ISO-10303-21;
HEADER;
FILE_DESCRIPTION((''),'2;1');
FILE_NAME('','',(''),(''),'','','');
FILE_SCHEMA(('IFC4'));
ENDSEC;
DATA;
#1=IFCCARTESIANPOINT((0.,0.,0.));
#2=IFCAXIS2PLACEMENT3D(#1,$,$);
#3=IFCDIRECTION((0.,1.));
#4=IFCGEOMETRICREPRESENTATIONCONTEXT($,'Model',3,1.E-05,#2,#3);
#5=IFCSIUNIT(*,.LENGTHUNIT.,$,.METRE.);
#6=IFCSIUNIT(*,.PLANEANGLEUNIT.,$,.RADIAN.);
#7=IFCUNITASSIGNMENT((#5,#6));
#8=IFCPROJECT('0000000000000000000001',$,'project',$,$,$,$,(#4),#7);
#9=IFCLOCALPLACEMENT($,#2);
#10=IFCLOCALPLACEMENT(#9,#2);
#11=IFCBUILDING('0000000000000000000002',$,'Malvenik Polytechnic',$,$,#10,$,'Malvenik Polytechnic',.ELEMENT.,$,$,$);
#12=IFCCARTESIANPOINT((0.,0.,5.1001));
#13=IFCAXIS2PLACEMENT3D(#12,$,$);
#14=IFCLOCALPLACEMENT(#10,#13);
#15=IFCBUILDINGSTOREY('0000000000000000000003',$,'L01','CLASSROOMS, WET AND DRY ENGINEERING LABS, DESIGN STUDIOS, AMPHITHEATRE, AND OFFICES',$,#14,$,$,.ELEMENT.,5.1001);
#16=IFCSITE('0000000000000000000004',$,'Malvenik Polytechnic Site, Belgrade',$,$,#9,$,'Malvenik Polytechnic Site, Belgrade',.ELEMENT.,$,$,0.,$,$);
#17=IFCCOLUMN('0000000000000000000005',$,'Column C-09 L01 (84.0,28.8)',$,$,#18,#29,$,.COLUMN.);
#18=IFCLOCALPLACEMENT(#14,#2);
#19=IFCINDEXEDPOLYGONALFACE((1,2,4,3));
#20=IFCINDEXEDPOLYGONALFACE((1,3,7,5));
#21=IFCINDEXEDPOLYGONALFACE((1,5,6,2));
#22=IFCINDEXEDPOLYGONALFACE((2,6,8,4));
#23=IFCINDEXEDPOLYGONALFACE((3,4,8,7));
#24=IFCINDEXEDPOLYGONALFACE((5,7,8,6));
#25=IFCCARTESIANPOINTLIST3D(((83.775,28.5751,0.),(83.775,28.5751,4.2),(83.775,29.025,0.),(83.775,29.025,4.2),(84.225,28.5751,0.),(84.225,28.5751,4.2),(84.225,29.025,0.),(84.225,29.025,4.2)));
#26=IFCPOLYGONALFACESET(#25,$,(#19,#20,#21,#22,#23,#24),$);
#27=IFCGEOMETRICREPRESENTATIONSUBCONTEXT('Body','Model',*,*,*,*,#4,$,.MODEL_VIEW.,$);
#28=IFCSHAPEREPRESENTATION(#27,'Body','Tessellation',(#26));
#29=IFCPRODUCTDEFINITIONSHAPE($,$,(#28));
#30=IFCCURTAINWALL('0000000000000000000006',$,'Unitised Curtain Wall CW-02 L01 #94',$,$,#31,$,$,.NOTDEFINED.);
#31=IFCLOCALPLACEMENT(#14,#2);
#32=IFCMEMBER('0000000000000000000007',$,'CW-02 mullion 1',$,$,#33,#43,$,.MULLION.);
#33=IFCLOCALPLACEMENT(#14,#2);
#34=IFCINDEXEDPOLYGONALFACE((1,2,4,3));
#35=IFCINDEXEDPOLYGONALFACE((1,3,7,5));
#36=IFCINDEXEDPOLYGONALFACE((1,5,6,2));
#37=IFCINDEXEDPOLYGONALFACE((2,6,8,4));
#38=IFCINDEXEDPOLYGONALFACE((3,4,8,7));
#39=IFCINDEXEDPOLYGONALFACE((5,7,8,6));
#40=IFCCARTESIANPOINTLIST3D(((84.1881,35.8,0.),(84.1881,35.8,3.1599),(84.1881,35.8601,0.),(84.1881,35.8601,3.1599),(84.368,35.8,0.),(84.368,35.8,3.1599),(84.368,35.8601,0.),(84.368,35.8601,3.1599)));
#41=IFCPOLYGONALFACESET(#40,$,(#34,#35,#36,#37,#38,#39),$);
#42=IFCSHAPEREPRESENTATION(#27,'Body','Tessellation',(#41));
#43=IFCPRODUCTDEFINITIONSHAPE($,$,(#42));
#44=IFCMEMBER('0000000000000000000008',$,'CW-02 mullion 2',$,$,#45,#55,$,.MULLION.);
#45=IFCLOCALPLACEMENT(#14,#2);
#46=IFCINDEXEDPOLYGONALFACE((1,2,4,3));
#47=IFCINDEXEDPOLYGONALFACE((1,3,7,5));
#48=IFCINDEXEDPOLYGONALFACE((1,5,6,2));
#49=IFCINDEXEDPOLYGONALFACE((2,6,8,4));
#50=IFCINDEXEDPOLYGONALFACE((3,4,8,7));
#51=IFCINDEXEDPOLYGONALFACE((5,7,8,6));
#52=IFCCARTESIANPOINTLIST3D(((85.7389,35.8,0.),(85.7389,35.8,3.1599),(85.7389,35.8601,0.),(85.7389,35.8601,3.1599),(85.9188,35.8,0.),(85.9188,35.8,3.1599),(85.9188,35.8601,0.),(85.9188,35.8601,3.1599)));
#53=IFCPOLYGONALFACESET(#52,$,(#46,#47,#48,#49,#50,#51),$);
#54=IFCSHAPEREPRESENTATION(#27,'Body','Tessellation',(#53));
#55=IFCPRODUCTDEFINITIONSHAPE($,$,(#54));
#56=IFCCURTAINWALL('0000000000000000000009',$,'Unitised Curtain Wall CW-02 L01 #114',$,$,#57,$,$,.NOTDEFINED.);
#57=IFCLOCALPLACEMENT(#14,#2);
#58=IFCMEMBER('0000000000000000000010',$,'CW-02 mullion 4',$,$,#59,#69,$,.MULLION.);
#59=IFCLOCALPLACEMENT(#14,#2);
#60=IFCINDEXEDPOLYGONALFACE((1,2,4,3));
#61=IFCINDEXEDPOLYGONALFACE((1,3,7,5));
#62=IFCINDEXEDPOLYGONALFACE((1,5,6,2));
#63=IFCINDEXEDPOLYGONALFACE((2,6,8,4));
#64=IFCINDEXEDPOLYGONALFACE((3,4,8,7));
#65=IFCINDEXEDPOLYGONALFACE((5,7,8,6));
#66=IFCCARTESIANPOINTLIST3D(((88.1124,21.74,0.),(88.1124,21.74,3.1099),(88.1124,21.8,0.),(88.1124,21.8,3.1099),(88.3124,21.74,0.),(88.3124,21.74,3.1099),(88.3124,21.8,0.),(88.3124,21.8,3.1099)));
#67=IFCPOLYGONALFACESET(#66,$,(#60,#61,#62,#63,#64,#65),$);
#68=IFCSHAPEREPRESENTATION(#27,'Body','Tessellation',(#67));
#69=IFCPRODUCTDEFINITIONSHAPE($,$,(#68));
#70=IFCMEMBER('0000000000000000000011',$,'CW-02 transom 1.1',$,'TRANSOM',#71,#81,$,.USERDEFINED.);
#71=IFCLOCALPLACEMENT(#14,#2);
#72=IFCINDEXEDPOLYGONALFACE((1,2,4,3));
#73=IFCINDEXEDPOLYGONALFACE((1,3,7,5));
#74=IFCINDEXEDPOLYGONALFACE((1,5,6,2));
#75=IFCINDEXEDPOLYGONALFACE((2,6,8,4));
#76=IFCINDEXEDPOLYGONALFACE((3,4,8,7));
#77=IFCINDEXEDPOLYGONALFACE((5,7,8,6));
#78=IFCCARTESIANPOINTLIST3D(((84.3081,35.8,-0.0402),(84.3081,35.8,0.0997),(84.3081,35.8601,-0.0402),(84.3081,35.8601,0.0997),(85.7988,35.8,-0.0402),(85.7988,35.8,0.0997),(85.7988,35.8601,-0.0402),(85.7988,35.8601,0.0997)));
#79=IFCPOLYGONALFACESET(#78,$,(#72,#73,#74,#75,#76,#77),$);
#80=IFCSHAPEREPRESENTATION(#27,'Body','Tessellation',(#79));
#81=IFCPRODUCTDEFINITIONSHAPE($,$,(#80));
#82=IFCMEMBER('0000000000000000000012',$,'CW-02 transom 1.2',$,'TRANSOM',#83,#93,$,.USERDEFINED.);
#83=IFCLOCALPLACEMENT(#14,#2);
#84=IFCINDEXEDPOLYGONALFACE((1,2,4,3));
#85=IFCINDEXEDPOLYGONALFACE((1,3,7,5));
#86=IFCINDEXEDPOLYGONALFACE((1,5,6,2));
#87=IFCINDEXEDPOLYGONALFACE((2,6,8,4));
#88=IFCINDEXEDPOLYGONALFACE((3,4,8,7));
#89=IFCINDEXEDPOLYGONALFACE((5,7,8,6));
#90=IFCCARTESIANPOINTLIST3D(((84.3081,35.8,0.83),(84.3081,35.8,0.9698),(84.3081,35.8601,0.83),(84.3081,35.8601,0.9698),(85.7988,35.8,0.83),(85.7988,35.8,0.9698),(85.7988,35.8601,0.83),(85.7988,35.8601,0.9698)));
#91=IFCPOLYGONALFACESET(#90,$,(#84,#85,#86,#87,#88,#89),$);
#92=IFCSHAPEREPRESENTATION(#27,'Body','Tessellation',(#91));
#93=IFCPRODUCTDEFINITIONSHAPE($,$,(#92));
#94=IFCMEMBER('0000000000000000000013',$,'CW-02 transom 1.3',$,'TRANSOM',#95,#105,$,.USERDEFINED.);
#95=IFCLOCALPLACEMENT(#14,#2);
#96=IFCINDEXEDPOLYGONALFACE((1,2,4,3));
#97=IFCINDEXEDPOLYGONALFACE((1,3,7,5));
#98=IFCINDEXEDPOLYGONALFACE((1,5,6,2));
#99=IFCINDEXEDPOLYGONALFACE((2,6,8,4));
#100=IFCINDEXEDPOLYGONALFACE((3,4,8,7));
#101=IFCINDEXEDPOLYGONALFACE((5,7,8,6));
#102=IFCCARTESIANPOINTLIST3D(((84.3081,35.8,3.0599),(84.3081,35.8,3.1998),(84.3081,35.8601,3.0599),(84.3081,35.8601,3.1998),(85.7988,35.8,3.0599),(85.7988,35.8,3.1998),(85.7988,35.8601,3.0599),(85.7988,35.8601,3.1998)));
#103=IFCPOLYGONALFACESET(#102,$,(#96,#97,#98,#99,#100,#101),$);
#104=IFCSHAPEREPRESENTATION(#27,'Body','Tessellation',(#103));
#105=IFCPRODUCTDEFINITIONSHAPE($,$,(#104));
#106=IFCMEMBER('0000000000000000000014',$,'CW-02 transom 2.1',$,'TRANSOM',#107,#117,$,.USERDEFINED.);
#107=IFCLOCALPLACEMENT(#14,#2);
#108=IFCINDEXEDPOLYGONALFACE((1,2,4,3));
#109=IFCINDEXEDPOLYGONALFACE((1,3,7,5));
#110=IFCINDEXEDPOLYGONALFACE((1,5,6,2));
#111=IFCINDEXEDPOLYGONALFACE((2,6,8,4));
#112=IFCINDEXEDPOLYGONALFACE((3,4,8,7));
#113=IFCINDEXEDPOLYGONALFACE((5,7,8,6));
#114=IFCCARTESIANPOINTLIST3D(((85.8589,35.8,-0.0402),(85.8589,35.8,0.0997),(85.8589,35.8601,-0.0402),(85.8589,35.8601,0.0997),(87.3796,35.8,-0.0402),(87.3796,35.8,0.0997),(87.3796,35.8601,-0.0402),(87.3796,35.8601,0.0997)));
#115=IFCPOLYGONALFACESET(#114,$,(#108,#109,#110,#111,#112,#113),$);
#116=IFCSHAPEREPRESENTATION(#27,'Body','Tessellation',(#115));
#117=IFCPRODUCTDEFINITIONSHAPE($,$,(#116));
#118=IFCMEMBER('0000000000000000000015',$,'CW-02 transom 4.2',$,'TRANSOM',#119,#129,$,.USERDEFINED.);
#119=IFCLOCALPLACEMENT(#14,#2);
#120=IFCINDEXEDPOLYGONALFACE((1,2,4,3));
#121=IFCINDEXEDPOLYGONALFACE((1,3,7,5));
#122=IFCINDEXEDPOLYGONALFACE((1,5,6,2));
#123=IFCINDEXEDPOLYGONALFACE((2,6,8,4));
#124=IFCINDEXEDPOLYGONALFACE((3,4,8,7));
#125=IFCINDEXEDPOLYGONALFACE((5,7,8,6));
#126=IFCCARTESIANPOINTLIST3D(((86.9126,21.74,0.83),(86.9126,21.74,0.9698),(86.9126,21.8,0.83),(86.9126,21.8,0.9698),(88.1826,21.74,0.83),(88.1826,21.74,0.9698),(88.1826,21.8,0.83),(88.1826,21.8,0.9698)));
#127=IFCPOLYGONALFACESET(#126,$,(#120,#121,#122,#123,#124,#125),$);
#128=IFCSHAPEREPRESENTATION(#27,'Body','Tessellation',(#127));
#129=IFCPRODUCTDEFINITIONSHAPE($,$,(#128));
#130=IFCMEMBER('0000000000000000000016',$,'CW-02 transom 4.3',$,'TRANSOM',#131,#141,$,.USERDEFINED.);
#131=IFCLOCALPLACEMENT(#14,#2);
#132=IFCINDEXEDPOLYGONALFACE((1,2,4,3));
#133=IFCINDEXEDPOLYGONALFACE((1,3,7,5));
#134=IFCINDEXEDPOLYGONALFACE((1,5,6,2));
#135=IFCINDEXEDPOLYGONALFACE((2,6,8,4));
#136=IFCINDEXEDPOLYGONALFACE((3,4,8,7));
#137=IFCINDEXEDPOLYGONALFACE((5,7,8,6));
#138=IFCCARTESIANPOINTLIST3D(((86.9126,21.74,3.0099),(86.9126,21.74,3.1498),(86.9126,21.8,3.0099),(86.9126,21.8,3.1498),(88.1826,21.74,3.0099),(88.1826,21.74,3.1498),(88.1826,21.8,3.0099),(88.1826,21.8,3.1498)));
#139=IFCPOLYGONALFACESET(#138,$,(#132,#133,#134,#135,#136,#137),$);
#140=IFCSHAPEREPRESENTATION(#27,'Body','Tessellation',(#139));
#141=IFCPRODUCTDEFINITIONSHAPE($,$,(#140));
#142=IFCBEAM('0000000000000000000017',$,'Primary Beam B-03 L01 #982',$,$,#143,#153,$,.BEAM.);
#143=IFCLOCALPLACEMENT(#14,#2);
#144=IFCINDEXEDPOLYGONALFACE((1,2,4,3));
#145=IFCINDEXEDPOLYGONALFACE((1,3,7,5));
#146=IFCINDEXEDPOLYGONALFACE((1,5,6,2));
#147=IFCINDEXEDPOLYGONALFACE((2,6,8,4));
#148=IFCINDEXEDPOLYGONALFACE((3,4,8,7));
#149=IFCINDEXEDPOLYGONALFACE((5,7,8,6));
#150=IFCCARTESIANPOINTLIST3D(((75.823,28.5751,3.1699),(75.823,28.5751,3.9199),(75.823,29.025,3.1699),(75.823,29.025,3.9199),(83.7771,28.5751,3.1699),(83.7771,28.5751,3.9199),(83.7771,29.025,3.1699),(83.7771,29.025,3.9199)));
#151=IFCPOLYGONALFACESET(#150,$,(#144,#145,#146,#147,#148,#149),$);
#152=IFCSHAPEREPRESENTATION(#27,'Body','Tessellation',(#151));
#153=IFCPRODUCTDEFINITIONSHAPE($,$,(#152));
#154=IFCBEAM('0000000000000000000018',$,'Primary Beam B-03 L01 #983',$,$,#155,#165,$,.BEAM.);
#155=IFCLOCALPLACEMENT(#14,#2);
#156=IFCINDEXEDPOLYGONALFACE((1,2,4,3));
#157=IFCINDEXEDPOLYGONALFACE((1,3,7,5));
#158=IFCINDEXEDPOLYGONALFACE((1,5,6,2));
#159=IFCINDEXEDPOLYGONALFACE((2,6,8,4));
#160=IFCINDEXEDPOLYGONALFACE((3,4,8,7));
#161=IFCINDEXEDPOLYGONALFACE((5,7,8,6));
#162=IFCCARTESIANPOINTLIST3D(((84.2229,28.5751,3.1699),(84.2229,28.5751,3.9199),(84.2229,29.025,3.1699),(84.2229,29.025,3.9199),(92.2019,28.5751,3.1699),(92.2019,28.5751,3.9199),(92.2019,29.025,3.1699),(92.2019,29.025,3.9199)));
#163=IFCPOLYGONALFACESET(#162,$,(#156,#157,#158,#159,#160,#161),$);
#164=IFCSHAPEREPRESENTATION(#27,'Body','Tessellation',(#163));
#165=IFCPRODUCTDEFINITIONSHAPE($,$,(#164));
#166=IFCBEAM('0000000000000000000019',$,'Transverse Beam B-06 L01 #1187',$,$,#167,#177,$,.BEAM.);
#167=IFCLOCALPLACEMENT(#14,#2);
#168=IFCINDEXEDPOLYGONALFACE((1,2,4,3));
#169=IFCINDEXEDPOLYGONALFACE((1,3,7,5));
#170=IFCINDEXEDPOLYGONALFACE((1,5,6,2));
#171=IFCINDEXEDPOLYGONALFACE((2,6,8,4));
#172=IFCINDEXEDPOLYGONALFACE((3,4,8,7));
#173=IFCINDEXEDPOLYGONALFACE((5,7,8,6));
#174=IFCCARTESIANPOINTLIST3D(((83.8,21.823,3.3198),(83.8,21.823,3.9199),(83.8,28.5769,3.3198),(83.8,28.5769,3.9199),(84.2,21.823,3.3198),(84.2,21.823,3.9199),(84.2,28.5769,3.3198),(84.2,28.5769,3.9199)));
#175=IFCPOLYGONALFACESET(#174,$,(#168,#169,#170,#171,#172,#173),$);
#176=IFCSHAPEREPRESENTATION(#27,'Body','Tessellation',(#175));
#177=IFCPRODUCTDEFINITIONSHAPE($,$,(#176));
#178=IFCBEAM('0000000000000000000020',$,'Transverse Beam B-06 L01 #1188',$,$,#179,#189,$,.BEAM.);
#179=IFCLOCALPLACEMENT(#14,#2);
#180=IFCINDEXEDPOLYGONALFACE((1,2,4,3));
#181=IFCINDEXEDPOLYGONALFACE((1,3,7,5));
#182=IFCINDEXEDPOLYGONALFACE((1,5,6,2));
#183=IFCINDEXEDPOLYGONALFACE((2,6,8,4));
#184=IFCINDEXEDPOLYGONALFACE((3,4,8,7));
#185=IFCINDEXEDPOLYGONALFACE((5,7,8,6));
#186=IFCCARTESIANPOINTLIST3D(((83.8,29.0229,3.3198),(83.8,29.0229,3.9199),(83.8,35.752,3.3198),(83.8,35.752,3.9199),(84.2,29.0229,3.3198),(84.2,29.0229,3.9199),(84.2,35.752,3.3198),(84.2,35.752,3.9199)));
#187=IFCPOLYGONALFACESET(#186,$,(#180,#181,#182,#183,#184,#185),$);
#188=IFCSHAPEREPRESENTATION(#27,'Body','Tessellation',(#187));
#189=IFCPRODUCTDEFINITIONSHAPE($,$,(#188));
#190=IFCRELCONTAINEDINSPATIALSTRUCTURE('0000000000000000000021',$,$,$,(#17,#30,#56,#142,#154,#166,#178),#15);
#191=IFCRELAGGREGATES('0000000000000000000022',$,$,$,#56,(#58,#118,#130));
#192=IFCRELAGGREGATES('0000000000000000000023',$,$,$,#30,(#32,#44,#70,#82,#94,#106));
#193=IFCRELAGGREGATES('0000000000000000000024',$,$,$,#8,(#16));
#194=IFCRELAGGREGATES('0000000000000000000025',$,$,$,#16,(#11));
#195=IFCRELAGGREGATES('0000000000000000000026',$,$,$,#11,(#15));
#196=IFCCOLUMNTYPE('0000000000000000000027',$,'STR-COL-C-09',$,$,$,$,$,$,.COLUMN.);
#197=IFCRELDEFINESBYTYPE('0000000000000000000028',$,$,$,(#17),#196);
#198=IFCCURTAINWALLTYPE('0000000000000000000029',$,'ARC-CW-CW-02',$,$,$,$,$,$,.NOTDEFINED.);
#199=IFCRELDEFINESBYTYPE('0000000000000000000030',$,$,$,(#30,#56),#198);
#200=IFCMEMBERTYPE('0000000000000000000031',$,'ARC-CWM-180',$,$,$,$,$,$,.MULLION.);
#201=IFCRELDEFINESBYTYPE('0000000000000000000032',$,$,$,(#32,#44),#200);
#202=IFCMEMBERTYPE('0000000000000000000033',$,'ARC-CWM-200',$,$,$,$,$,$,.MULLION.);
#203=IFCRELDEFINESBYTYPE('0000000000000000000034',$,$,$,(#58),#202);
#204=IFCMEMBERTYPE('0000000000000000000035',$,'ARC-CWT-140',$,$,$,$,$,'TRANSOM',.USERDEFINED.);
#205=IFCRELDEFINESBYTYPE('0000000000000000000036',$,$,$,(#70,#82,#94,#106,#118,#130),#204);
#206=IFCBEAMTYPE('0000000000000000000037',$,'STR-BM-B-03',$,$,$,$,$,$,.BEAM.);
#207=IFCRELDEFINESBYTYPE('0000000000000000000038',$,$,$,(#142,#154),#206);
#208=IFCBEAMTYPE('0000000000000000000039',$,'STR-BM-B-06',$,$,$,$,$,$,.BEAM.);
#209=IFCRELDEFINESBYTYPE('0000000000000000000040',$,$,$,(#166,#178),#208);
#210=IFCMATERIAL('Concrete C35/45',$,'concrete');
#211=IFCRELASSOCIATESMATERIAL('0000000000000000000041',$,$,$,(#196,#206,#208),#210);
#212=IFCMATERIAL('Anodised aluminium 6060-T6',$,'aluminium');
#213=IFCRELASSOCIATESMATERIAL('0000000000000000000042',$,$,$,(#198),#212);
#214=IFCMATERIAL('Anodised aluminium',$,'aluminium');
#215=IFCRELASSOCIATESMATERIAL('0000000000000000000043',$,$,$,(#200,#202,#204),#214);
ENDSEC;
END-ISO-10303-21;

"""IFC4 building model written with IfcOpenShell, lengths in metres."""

from ifc_helpers import new_model, si_unit, direction, frame, origin, origin_2d, place, context, subcontext, project, spatial, rectangle, extrude, material, material_profile, profile_set, type_object, element, aggregate, save


model = new_model("IFC4")

# Units and contexts
model_context = context("Model", 3, precision=1e-05, world=origin(), true_north=direction((0.0, 1.0)))
body_context = subcontext(model_context, "Body", "Model", "MODEL_VIEW")
ifc_project = project(units=[si_unit("LENGTHUNIT", "METRE"), si_unit("PLANEANGLEUNIT", "RADIAN")], contexts=[model_context])

# Site, building, storey
site_placement = place(None, origin())
site = spatial("IfcSite", under=ifc_project, at=site_placement, Name="Malvenik Polytechnic Site, Belgrade", LongName="Malvenik Polytechnic Site, Belgrade", CompositionType="ELEMENT", RefElevation=0.0)
building_placement = place(site_placement, origin())
building = spatial("IfcBuilding", under=site, at=building_placement, Name="Malvenik Polytechnic", LongName="Malvenik Polytechnic", CompositionType="ELEMENT")
storey_placement = place(building_placement, frame((0.0, 0.0, 5.1001)))
storey = spatial("IfcBuildingStorey", under=building, at=storey_placement, Name="L01", Description="CLASSROOMS, WET AND DRY ENGINEERING LABS, DESIGN STUDIOS, AMPHITHEATRE, AND OFFICES", CompositionType="ELEMENT", Elevation=5.1001)

# Column
ifc_material_1 = material(Name="Concrete C35/45", Category="concrete")
ifc_material_profile_1 = material_profile(ifc_material_1, rectangle(XDim=0.45, YDim=0.45, at=origin_2d()), Name="RC COL 450x450")
ifc_profile_set_1 = profile_set([ifc_material_profile_1], Name="Concrete C35/45")
column_type = type_object("IfcColumnType", Name="STR-COL-C-09", PredefinedType="COLUMN", material=ifc_profile_set_1)
column_placement = place(storey_placement, frame((84.0, 28.8, 0.0), z_axis=(0.0, 0.0, 1.0), x_axis=(1.0, 0.0, 0.0)))
element("IfcColumn", 1, at=column_placement, inside=storey, type_object=column_type, Name="Column C-09 L01 (84.0,28.8)", PredefinedType="COLUMN", context=body_context, shape_type="SweptSolid", body=[
    extrude(rectangle(XDim=0.45, YDim=0.45, at=origin_2d()), origin(), (0.0, 0.0, 1.0), 4.2),
])

# Curtain wall, members
ifc_material_2 = material(Name="Anodised aluminium 6060-T6", Category="aluminium")
curtain_wall_type = type_object("IfcCurtainWallType", Name="ARC-CW-CW-02", PredefinedType="NOTDEFINED", material=ifc_material_2)
curtain_wall_1_placement = place(storey_placement, origin())
curtain_wall_1 = element("IfcCurtainWall", 2, at=curtain_wall_1_placement, inside=storey, type_object=curtain_wall_type, Name="Unitised Curtain Wall CW-02 L01 #94", PredefinedType="NOTDEFINED")
ifc_material_3 = material(Name="Anodised aluminium", Category="aluminium")
ifc_material_profile_2 = material_profile(ifc_material_3, rectangle(XDim=0.0601, YDim=0.1799, at=origin_2d()), Name="ALU MULLION 60x180")
ifc_profile_set_2 = profile_set([ifc_material_profile_2], Name="Anodised aluminium")
member_type_1 = type_object("IfcMemberType", Name="ARC-CWM-180", PredefinedType="MULLION", material=ifc_profile_set_2)
member_1_placement = place(storey_placement, frame((84.2781, 35.8301, 0.0), z_axis=(0.0, 0.0, 1.0), x_axis=(0.0, 1.0, 0.0)))
member_1 = element("IfcMember", 3, at=member_1_placement, type_object=member_type_1, Name="CW-02 mullion 1", PredefinedType="MULLION", context=body_context, shape_type="SweptSolid", body=[
    extrude(rectangle(XDim=0.0601, YDim=0.1799, at=origin_2d()), origin(), (0.0, 0.0, 1.0), 3.1599),
])
member_2_placement = place(storey_placement, frame((85.8289, 35.8301, 0.0), z_axis=(0.0, 0.0, 1.0), x_axis=(0.0, 1.0, 0.0)))
member_2 = element("IfcMember", 4, at=member_2_placement, type_object=member_type_1, Name="CW-02 mullion 2", PredefinedType="MULLION", context=body_context, shape_type="SweptSolid", body=[
    extrude(rectangle(XDim=0.0601, YDim=0.1799, at=origin_2d()), origin(), (0.0, 0.0, 1.0), 3.1599),
])

# Curtain wall, member
curtain_wall_2_placement = place(storey_placement, origin())
curtain_wall_2 = element("IfcCurtainWall", 5, at=curtain_wall_2_placement, inside=storey, type_object=curtain_wall_type, Name="Unitised Curtain Wall CW-02 L01 #114", PredefinedType="NOTDEFINED")
ifc_material_profile_3 = material_profile(ifc_material_3, rectangle(XDim=0.0601, YDim=0.2, at=origin_2d()), Name="ALU MULLION 60x200")
ifc_profile_set_3 = profile_set([ifc_material_profile_3], Name="Anodised aluminium")
member_type_2 = type_object("IfcMemberType", Name="ARC-CWM-200", PredefinedType="MULLION", material=ifc_profile_set_3)
member_3_placement = place(storey_placement, frame((88.2124, 21.77, 0.0), z_axis=(0.0, 0.0, 1.0), x_axis=(0.0, -1.0, 0.0)))
member_3 = element("IfcMember", 6, at=member_3_placement, type_object=member_type_2, Name="CW-02 mullion 4", PredefinedType="MULLION", context=body_context, shape_type="SweptSolid", body=[
    extrude(rectangle(XDim=0.0601, YDim=0.2, at=origin_2d()), origin(), (0.0, 0.0, 1.0), 3.1099),
])

# Members
ifc_material_profile_4 = material_profile(ifc_material_3, rectangle(XDim=0.0601, YDim=0.1399, at=origin_2d()), Name="ALU TRANSOM 60x140")
ifc_profile_set_4 = profile_set([ifc_material_profile_4], Name="Anodised aluminium")
member_type_3 = type_object("IfcMemberType", Name="ARC-CWT-140", ElementType="TRANSOM", PredefinedType="USERDEFINED", material=ifc_profile_set_4)
member_4_placement = place(storey_placement, frame((84.3081, 35.8301, 0.0298), z_axis=(1.0, 0.0, 0.0), x_axis=(0.0, 1.0, 0.0)))
member_4 = element("IfcMember", 7, at=member_4_placement, type_object=member_type_3, Name="CW-02 transom 1.1", ObjectType="TRANSOM", PredefinedType="USERDEFINED", context=body_context, shape_type="SweptSolid", body=[
    extrude(rectangle(XDim=0.0601, YDim=0.1399, at=origin_2d()), origin(), (0.0, 0.0, 1.0), 1.4907),
])
member_5_placement = place(storey_placement, frame((84.3081, 35.8301, 0.8999), z_axis=(1.0, 0.0, 0.0), x_axis=(0.0, 1.0, 0.0)))
member_5 = element("IfcMember", 8, at=member_5_placement, type_object=member_type_3, Name="CW-02 transom 1.2", ObjectType="TRANSOM", PredefinedType="USERDEFINED", context=body_context, shape_type="SweptSolid", body=[
    extrude(rectangle(XDim=0.0601, YDim=0.1399, at=origin_2d()), origin(), (0.0, 0.0, 1.0), 1.4907),
])
member_6_placement = place(storey_placement, frame((84.3081, 35.8301, 3.1299), z_axis=(1.0, 0.0, 0.0), x_axis=(0.0, 1.0, 0.0)))
member_6 = element("IfcMember", 9, at=member_6_placement, type_object=member_type_3, Name="CW-02 transom 1.3", ObjectType="TRANSOM", PredefinedType="USERDEFINED", context=body_context, shape_type="SweptSolid", body=[
    extrude(rectangle(XDim=0.0601, YDim=0.1399, at=origin_2d()), origin(), (0.0, 0.0, 1.0), 1.4907),
])
member_7_placement = place(storey_placement, frame((85.8589, 35.8301, 0.0298), z_axis=(1.0, 0.0, 0.0), x_axis=(0.0, 1.0, 0.0)))
member_7 = element("IfcMember", 10, at=member_7_placement, type_object=member_type_3, Name="CW-02 transom 2.1", ObjectType="TRANSOM", PredefinedType="USERDEFINED", context=body_context, shape_type="SweptSolid", body=[
    extrude(rectangle(XDim=0.0601, YDim=0.1399, at=origin_2d()), origin(), (0.0, 0.0, 1.0), 1.5208),
])
member_8_placement = place(storey_placement, frame((88.1826, 21.77, 0.8999), z_axis=(-1.0, 0.0, 0.0), x_axis=(0.0, -1.0, 0.0)))
member_8 = element("IfcMember", 11, at=member_8_placement, type_object=member_type_3, Name="CW-02 transom 4.2", ObjectType="TRANSOM", PredefinedType="USERDEFINED", context=body_context, shape_type="SweptSolid", body=[
    extrude(rectangle(XDim=0.0601, YDim=0.1399, at=origin_2d()), origin(), (0.0, 0.0, 1.0), 1.27),
])
member_9_placement = place(storey_placement, frame((88.1826, 21.77, 3.0798), z_axis=(-1.0, 0.0, 0.0), x_axis=(0.0, -1.0, 0.0)))
member_9 = element("IfcMember", 12, at=member_9_placement, type_object=member_type_3, Name="CW-02 transom 4.3", ObjectType="TRANSOM", PredefinedType="USERDEFINED", context=body_context, shape_type="SweptSolid", body=[
    extrude(rectangle(XDim=0.0601, YDim=0.1399, at=origin_2d()), origin(), (0.0, 0.0, 1.0), 1.27),
])
aggregate(curtain_wall_2, [member_3, member_8, member_9])

# Beams
ifc_material_profile_5 = material_profile(ifc_material_1, rectangle(XDim=0.45, YDim=0.75, at=origin_2d()), Name="RC BM 450x750")
ifc_profile_set_5 = profile_set([ifc_material_profile_5], Name="Concrete C35/45")
beam_type_1 = type_object("IfcBeamType", Name="STR-BM-B-03", PredefinedType="BEAM", material=ifc_profile_set_5)
beam_1_placement = place(storey_placement, frame((75.823, 28.8, 3.5449), z_axis=(1.0, 0.0, 0.0), x_axis=(0.0, 1.0, 0.0)))
element("IfcBeam", 13, at=beam_1_placement, inside=storey, type_object=beam_type_1, Name="Primary Beam B-03 L01 #982", PredefinedType="BEAM", context=body_context, shape_type="SweptSolid", body=[
    extrude(rectangle(XDim=0.45, YDim=0.75, at=origin_2d()), origin(), (0.0, 0.0, 1.0), 7.9541),
])
beam_2_placement = place(storey_placement, frame((84.2229, 28.8, 3.5449), z_axis=(1.0, 0.0, 0.0), x_axis=(0.0, 1.0, 0.0)))
element("IfcBeam", 14, at=beam_2_placement, inside=storey, type_object=beam_type_1, Name="Primary Beam B-03 L01 #983", PredefinedType="BEAM", context=body_context, shape_type="SweptSolid", body=[
    extrude(rectangle(XDim=0.45, YDim=0.75, at=origin_2d()), origin(), (0.0, 0.0, 1.0), 7.979),
])
ifc_material_profile_6 = material_profile(ifc_material_1, rectangle(XDim=0.3999, YDim=0.6001, at=origin_2d()), Name="RC BM 400x600")
ifc_profile_set_6 = profile_set([ifc_material_profile_6], Name="Concrete C35/45")
beam_type_2 = type_object("IfcBeamType", Name="STR-BM-B-06", PredefinedType="BEAM", material=ifc_profile_set_6)
beam_3_placement = place(storey_placement, frame((84.0, 21.823, 3.6199), z_axis=(0.0, 1.0, 0.0), x_axis=(-1.0, 0.0, 0.0)))
element("IfcBeam", 15, at=beam_3_placement, inside=storey, type_object=beam_type_2, Name="Transverse Beam B-06 L01 #1187", PredefinedType="BEAM", context=body_context, shape_type="SweptSolid", body=[
    extrude(rectangle(XDim=0.3999, YDim=0.6001, at=origin_2d()), origin(), (0.0, 0.0, 1.0), 6.7539),
])
beam_4_placement = place(storey_placement, frame((84.0, 29.0229, 3.6199), z_axis=(0.0, 1.0, 0.0), x_axis=(-1.0, 0.0, 0.0)))
element("IfcBeam", 16, at=beam_4_placement, inside=storey, type_object=beam_type_2, Name="Transverse Beam B-06 L01 #1188", PredefinedType="BEAM", context=body_context, shape_type="SweptSolid", body=[
    extrude(rectangle(XDim=0.3999, YDim=0.6001, at=origin_2d()), origin(), (0.0, 0.0, 1.0), 6.729),
])

aggregate(curtain_wall_1, [member_1, member_2, member_4, member_5, member_6, member_7])

save(model, "model.ifc")
